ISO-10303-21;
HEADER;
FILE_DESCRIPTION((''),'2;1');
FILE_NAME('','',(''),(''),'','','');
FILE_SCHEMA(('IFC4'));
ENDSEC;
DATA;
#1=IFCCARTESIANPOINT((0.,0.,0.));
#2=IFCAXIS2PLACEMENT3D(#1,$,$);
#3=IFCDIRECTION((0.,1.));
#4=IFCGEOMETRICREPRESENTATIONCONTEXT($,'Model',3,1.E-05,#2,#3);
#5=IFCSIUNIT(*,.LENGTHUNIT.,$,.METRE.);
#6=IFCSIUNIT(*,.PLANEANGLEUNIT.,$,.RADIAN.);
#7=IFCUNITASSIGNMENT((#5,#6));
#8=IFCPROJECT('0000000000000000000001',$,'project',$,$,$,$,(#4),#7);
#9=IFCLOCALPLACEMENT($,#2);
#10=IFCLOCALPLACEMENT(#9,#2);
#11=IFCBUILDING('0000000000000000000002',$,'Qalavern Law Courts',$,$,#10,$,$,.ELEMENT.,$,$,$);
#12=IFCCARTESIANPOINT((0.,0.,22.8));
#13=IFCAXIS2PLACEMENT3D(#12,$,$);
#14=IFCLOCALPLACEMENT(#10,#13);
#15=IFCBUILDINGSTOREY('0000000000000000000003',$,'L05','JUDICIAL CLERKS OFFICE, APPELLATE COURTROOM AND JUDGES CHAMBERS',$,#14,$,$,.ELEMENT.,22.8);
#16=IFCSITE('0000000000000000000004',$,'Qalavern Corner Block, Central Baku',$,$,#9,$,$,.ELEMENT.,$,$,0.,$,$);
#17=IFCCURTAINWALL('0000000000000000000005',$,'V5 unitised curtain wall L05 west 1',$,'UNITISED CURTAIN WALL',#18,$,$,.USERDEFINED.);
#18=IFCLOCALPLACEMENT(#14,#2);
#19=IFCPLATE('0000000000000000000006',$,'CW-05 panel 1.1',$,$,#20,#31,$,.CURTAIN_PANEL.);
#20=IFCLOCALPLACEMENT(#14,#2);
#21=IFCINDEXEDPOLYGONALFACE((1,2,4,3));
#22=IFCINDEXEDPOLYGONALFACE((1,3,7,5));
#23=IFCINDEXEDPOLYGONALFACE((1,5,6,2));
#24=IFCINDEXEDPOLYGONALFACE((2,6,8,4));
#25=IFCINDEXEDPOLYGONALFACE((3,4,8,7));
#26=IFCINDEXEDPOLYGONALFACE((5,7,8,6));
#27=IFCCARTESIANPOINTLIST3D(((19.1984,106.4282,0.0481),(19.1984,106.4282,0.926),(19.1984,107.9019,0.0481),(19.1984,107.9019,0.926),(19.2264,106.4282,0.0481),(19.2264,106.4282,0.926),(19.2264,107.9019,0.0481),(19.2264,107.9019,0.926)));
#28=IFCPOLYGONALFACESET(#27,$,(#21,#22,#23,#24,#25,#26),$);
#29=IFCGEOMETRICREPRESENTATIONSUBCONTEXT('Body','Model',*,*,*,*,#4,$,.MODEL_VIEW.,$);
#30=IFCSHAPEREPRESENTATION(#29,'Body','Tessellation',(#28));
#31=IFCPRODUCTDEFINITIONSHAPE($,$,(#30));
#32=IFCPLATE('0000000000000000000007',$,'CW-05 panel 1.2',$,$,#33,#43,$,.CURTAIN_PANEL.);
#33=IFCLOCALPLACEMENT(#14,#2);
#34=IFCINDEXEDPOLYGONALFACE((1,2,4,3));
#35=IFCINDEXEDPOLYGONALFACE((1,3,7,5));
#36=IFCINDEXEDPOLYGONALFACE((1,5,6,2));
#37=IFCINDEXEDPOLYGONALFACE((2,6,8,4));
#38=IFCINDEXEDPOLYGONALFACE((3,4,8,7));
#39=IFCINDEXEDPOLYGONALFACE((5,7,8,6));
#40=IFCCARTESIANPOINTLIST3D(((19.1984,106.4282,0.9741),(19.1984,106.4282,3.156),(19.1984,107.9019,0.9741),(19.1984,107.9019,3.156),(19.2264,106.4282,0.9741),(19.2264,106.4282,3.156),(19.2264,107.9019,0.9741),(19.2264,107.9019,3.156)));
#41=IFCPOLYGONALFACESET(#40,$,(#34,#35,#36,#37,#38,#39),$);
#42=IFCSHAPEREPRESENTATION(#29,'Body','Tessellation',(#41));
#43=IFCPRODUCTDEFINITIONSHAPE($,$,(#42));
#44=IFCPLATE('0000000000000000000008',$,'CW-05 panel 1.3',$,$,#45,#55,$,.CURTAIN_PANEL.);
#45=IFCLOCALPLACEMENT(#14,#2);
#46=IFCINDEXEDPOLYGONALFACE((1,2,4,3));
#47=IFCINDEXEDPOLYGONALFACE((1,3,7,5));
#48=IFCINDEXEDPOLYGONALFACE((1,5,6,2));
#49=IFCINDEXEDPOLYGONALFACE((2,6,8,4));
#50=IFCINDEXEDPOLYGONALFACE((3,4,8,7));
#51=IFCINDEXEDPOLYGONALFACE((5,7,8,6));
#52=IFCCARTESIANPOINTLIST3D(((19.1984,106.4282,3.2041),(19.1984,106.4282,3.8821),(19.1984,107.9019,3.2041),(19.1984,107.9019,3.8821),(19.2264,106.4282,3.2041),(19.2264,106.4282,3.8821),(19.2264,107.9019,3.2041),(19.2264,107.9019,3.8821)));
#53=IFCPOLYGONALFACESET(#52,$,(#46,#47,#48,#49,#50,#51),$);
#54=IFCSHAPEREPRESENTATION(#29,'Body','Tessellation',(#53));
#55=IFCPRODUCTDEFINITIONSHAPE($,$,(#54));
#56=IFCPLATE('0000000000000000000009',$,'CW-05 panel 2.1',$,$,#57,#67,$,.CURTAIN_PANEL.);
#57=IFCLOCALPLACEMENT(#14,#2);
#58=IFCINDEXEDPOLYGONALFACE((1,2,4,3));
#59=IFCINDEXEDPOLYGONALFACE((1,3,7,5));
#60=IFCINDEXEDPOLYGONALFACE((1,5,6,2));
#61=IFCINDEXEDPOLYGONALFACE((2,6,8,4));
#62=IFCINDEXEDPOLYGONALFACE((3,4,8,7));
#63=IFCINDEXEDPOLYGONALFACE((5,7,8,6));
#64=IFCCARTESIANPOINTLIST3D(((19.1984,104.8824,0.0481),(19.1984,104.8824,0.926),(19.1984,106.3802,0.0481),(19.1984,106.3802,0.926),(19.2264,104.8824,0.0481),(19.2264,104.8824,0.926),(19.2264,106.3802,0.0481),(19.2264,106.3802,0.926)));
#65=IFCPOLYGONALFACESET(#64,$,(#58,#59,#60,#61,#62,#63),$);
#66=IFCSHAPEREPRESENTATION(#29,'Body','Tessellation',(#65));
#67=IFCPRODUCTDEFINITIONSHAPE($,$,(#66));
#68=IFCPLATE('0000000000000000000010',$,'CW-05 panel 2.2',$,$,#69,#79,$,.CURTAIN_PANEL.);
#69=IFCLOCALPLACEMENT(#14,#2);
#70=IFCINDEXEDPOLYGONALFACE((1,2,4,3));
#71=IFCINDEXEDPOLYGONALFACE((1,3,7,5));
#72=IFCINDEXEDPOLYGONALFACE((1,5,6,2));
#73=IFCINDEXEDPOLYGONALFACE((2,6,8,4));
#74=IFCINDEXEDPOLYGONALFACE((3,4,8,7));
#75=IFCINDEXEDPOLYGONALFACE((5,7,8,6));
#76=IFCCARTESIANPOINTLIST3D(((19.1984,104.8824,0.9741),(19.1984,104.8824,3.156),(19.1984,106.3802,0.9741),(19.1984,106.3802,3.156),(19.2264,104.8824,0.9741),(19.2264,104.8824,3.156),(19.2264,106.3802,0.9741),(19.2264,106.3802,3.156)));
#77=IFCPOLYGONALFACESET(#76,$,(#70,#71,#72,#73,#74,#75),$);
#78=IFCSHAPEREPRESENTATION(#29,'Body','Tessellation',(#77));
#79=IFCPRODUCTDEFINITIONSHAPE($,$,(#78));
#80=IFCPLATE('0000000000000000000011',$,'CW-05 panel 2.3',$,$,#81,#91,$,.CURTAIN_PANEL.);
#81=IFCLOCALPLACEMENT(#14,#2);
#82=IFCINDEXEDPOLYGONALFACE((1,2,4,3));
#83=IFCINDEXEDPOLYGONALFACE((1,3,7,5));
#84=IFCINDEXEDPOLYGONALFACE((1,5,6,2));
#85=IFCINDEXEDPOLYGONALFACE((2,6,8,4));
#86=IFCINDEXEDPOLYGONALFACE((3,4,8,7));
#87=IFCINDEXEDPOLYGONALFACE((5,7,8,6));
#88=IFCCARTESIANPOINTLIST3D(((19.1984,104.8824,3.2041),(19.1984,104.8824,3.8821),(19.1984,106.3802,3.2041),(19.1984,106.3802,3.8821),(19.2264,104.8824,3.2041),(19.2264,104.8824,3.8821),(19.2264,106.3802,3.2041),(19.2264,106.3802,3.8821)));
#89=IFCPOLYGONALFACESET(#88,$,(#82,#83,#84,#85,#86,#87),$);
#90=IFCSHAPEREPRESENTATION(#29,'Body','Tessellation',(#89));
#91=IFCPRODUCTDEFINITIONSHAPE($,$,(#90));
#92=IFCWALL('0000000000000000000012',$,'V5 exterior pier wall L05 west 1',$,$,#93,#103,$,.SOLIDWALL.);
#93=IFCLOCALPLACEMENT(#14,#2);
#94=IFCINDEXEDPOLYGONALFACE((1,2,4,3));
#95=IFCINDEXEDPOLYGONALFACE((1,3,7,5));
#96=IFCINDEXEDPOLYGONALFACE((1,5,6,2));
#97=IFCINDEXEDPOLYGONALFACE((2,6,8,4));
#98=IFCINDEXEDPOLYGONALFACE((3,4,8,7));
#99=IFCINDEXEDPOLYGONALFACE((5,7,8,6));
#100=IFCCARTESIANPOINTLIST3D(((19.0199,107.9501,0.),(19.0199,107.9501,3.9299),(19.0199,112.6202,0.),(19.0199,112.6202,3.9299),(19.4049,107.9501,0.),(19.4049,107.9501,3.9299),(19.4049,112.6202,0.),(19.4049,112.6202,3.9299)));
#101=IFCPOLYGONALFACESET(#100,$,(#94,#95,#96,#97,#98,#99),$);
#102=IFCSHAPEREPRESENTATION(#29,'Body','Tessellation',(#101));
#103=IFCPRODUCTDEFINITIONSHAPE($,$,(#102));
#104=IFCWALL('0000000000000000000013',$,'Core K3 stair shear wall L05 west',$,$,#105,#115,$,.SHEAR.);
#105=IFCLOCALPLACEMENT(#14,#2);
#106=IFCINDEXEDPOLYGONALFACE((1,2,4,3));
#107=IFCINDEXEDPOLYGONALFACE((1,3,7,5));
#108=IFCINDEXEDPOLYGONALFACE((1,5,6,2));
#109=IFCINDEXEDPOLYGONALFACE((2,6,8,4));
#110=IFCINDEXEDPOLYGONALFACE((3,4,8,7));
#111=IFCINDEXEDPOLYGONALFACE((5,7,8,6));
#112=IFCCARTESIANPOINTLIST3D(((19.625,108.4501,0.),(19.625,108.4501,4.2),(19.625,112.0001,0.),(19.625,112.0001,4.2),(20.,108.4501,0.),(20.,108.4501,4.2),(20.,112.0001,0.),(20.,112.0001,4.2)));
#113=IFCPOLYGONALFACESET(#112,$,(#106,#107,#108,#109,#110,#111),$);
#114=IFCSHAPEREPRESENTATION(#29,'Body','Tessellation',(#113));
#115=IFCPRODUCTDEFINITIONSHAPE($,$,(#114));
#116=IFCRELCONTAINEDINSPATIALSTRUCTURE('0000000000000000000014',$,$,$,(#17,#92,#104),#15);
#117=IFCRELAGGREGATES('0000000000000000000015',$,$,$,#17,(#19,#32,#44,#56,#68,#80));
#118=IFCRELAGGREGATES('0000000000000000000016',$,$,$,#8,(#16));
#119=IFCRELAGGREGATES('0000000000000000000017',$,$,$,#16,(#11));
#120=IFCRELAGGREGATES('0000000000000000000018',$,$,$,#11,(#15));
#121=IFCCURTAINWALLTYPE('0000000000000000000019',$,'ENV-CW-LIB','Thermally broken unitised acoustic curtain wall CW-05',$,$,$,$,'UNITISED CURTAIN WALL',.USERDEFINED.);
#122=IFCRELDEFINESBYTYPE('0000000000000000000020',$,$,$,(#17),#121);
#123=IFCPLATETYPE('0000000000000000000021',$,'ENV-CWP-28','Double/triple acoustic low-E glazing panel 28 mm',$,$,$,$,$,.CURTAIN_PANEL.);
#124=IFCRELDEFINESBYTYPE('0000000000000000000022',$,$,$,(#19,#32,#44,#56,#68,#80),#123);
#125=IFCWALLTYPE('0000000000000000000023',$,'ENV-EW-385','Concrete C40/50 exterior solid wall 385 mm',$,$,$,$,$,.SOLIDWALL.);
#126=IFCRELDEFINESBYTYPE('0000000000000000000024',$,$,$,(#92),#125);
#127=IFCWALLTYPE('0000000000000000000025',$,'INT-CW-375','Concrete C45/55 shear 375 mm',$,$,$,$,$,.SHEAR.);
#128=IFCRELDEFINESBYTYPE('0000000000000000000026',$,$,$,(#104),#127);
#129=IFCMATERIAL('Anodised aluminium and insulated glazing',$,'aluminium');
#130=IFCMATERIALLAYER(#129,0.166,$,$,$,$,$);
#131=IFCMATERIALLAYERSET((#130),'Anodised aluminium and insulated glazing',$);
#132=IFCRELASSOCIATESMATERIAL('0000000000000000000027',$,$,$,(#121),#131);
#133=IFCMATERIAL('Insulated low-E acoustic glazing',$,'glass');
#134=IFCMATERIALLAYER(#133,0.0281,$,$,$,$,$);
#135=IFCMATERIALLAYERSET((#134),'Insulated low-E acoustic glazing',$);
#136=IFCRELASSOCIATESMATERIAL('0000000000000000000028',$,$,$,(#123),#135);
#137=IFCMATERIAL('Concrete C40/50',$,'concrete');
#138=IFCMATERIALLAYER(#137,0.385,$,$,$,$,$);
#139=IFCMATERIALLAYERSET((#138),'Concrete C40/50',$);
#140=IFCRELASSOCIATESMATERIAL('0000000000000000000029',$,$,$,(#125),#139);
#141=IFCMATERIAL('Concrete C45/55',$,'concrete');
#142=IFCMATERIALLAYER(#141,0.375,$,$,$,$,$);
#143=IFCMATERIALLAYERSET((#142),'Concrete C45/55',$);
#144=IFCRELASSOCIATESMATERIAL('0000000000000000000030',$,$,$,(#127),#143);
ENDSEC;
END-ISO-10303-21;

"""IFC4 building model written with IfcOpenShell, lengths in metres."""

from ifc_helpers import new_model, si_unit, direction, frame, frame_2d, origin, origin_2d, place, context, subcontext, project, spatial, rectangle, extrude, material, layer, layer_set, type_object, element, aggregate, save


model = new_model("IFC4")

# Units and contexts
model_context = context("Model", 3, precision=1e-05, world=origin(), true_north=direction((0.0, 1.0)))
body_context = subcontext(model_context, "Body", "Model", "MODEL_VIEW")
ifc_project = project(units=[si_unit("LENGTHUNIT", "METRE"), si_unit("PLANEANGLEUNIT", "RADIAN")], contexts=[model_context])

# Site, building, storey
site_placement = place(None, origin())
site = spatial("IfcSite", under=ifc_project, at=site_placement, Name="Qalavern Corner Block, Central Baku", CompositionType="ELEMENT", RefElevation=0.0)
building_placement = place(site_placement, origin())
building = spatial("IfcBuilding", under=site, at=building_placement, Name="Qalavern Law Courts", CompositionType="ELEMENT")
storey_placement = place(building_placement, frame((0.0, 0.0, 22.8)))
storey = spatial("IfcBuildingStorey", under=building, at=storey_placement, Name="L05", Description="JUDICIAL CLERKS OFFICE, APPELLATE COURTROOM AND JUDGES CHAMBERS", CompositionType="ELEMENT", Elevation=22.8)

# Curtain wall, plates
ifc_material_1 = material(Name="Anodised aluminium and insulated glazing", Category="aluminium")
ifc_layer_1 = layer(ifc_material_1, 0.166)
ifc_layer_set_1 = layer_set([ifc_layer_1], Name="Anodised aluminium and insulated glazing")
curtain_wall_type = type_object("IfcCurtainWallType", Name="ENV-CW-LIB", Description="Thermally broken unitised acoustic curtain wall CW-05", ElementType="UNITISED CURTAIN WALL", PredefinedType="USERDEFINED", material=ifc_layer_set_1)
curtain_wall_placement = place(storey_placement, origin())
curtain_wall = element("IfcCurtainWall", 1, at=curtain_wall_placement, inside=storey, type_object=curtain_wall_type, Name="V5 unitised curtain wall L05 west 1", ObjectType="UNITISED CURTAIN WALL", PredefinedType="USERDEFINED")
ifc_material_2 = material(Name="Insulated low-E acoustic glazing", Category="glass")
ifc_layer_2 = layer(ifc_material_2, 0.0281)
ifc_layer_set_2 = layer_set([ifc_layer_2], Name="Insulated low-E acoustic glazing")
plate_type = type_object("IfcPlateType", Name="ENV-CWP-28", Description="Double/triple acoustic low-E glazing panel 28 mm", PredefinedType="CURTAIN_PANEL", material=ifc_layer_set_2)
plate_1_placement = place(storey_placement, frame((19.2124, 107.165, 0.0481), z_axis=(0.0, 0.0, 1.0), x_axis=(0.0, -1.0, 0.0)))
plate_1 = element("IfcPlate", 2, at=plate_1_placement, type_object=plate_type, Name="CW-05 panel 1.1", PredefinedType="CURTAIN_PANEL", context=body_context, shape_type="SweptSolid", body=[
    extrude(rectangle(XDim=1.4736, YDim=0.0281, at=origin_2d()), origin(), (0.0, 0.0, 1.0), 0.8779),
])
plate_2_placement = place(storey_placement, frame((19.2124, 107.165, 0.9741), z_axis=(0.0, 0.0, 1.0), x_axis=(0.0, -1.0, 0.0)))
plate_2 = element("IfcPlate", 3, at=plate_2_placement, type_object=plate_type, Name="CW-05 panel 1.2", PredefinedType="CURTAIN_PANEL", context=body_context, shape_type="SweptSolid", body=[
    extrude(rectangle(XDim=1.4736, YDim=0.0281, at=origin_2d()), origin(), (0.0, 0.0, 1.0), 2.1819),
])
plate_3_placement = place(storey_placement, frame((19.2124, 107.165, 3.2041), z_axis=(0.0, 0.0, 1.0), x_axis=(0.0, -1.0, 0.0)))
plate_3 = element("IfcPlate", 4, at=plate_3_placement, type_object=plate_type, Name="CW-05 panel 1.3", PredefinedType="CURTAIN_PANEL", context=body_context, shape_type="SweptSolid", body=[
    extrude(rectangle(XDim=1.4736, YDim=0.0281, at=origin_2d()), origin(), (0.0, 0.0, 1.0), 0.678),
])
plate_4_placement = place(storey_placement, frame((19.2124, 105.6313, 0.0481), z_axis=(0.0, 0.0, 1.0), x_axis=(0.0, -1.0, 0.0)))
plate_4 = element("IfcPlate", 5, at=plate_4_placement, type_object=plate_type, Name="CW-05 panel 2.1", PredefinedType="CURTAIN_PANEL", context=body_context, shape_type="SweptSolid", body=[
    extrude(rectangle(XDim=1.4978, YDim=0.0281, at=origin_2d()), origin(), (0.0, 0.0, 1.0), 0.8779),
])
plate_5_placement = place(storey_placement, frame((19.2124, 105.6313, 0.9741), z_axis=(0.0, 0.0, 1.0), x_axis=(0.0, -1.0, 0.0)))
plate_5 = element("IfcPlate", 6, at=plate_5_placement, type_object=plate_type, Name="CW-05 panel 2.2", PredefinedType="CURTAIN_PANEL", context=body_context, shape_type="SweptSolid", body=[
    extrude(rectangle(XDim=1.4978, YDim=0.0281, at=origin_2d()), origin(), (0.0, 0.0, 1.0), 2.1819),
])
plate_6_placement = place(storey_placement, frame((19.2124, 105.6313, 3.2041), z_axis=(0.0, 0.0, 1.0), x_axis=(0.0, -1.0, 0.0)))
plate_6 = element("IfcPlate", 7, at=plate_6_placement, type_object=plate_type, Name="CW-05 panel 2.3", PredefinedType="CURTAIN_PANEL", context=body_context, shape_type="SweptSolid", body=[
    extrude(rectangle(XDim=1.4978, YDim=0.0281, at=origin_2d()), origin(), (0.0, 0.0, 1.0), 0.678),
])
aggregate(curtain_wall, [plate_1, plate_2, plate_3, plate_4, plate_5, plate_6])

# Wall
ifc_material_3 = material(Name="Concrete C40/50", Category="concrete")
ifc_layer_3 = layer(ifc_material_3, 0.385)
ifc_layer_set_3 = layer_set([ifc_layer_3], Name="Concrete C40/50")
wall_type_1 = type_object("IfcWallType", Name="ENV-EW-385", Description="Concrete C40/50 exterior solid wall 385 mm", PredefinedType="SOLIDWALL", material=ifc_layer_set_3)
wall_1_placement = place(storey_placement, frame((19.2124, 112.6201, 0.0), z_axis=(0.0, 0.0, 1.0), x_axis=(0.0, -1.0, 0.0)))
element("IfcWall", 8, at=wall_1_placement, inside=storey, type_object=wall_type_1, Name="V5 exterior pier wall L05 west 1", PredefinedType="SOLIDWALL", context=body_context, shape_type="SweptSolid", body=[
    extrude(rectangle(XDim=4.6702, YDim=0.385, at=frame_2d((2.335, 0.0))), origin(), (0.0, 0.0, 1.0), 3.9299),
])

# Shared definitions
ifc_material_4 = material(Name="Concrete C45/55", Category="concrete")
ifc_layer_4 = layer(ifc_material_4, 0.375)
ifc_layer_set_4 = layer_set([ifc_layer_4], Name="Concrete C45/55")
wall_type_2 = type_object("IfcWallType", Name="INT-CW-375", Description="Concrete C45/55 shear 375 mm", PredefinedType="SHEAR", material=ifc_layer_set_4)

# Wall
wall_2_placement = place(storey_placement, frame((19.8125, 112.0, 0.0), z_axis=(0.0, 0.0, 1.0), x_axis=(0.0, -1.0, 0.0)))
element("IfcWall", 9, at=wall_2_placement, inside=storey, type_object=wall_type_2, Name="Core K3 stair shear wall L05 west", PredefinedType="SHEAR", context=body_context, shape_type="SweptSolid", body=[
    extrude(rectangle(XDim=3.55, YDim=0.375, at=frame_2d((1.7749, 0.0))), origin(), (0.0, 0.0, 1.0), 4.2),
])

save(model, "model.ifc")
